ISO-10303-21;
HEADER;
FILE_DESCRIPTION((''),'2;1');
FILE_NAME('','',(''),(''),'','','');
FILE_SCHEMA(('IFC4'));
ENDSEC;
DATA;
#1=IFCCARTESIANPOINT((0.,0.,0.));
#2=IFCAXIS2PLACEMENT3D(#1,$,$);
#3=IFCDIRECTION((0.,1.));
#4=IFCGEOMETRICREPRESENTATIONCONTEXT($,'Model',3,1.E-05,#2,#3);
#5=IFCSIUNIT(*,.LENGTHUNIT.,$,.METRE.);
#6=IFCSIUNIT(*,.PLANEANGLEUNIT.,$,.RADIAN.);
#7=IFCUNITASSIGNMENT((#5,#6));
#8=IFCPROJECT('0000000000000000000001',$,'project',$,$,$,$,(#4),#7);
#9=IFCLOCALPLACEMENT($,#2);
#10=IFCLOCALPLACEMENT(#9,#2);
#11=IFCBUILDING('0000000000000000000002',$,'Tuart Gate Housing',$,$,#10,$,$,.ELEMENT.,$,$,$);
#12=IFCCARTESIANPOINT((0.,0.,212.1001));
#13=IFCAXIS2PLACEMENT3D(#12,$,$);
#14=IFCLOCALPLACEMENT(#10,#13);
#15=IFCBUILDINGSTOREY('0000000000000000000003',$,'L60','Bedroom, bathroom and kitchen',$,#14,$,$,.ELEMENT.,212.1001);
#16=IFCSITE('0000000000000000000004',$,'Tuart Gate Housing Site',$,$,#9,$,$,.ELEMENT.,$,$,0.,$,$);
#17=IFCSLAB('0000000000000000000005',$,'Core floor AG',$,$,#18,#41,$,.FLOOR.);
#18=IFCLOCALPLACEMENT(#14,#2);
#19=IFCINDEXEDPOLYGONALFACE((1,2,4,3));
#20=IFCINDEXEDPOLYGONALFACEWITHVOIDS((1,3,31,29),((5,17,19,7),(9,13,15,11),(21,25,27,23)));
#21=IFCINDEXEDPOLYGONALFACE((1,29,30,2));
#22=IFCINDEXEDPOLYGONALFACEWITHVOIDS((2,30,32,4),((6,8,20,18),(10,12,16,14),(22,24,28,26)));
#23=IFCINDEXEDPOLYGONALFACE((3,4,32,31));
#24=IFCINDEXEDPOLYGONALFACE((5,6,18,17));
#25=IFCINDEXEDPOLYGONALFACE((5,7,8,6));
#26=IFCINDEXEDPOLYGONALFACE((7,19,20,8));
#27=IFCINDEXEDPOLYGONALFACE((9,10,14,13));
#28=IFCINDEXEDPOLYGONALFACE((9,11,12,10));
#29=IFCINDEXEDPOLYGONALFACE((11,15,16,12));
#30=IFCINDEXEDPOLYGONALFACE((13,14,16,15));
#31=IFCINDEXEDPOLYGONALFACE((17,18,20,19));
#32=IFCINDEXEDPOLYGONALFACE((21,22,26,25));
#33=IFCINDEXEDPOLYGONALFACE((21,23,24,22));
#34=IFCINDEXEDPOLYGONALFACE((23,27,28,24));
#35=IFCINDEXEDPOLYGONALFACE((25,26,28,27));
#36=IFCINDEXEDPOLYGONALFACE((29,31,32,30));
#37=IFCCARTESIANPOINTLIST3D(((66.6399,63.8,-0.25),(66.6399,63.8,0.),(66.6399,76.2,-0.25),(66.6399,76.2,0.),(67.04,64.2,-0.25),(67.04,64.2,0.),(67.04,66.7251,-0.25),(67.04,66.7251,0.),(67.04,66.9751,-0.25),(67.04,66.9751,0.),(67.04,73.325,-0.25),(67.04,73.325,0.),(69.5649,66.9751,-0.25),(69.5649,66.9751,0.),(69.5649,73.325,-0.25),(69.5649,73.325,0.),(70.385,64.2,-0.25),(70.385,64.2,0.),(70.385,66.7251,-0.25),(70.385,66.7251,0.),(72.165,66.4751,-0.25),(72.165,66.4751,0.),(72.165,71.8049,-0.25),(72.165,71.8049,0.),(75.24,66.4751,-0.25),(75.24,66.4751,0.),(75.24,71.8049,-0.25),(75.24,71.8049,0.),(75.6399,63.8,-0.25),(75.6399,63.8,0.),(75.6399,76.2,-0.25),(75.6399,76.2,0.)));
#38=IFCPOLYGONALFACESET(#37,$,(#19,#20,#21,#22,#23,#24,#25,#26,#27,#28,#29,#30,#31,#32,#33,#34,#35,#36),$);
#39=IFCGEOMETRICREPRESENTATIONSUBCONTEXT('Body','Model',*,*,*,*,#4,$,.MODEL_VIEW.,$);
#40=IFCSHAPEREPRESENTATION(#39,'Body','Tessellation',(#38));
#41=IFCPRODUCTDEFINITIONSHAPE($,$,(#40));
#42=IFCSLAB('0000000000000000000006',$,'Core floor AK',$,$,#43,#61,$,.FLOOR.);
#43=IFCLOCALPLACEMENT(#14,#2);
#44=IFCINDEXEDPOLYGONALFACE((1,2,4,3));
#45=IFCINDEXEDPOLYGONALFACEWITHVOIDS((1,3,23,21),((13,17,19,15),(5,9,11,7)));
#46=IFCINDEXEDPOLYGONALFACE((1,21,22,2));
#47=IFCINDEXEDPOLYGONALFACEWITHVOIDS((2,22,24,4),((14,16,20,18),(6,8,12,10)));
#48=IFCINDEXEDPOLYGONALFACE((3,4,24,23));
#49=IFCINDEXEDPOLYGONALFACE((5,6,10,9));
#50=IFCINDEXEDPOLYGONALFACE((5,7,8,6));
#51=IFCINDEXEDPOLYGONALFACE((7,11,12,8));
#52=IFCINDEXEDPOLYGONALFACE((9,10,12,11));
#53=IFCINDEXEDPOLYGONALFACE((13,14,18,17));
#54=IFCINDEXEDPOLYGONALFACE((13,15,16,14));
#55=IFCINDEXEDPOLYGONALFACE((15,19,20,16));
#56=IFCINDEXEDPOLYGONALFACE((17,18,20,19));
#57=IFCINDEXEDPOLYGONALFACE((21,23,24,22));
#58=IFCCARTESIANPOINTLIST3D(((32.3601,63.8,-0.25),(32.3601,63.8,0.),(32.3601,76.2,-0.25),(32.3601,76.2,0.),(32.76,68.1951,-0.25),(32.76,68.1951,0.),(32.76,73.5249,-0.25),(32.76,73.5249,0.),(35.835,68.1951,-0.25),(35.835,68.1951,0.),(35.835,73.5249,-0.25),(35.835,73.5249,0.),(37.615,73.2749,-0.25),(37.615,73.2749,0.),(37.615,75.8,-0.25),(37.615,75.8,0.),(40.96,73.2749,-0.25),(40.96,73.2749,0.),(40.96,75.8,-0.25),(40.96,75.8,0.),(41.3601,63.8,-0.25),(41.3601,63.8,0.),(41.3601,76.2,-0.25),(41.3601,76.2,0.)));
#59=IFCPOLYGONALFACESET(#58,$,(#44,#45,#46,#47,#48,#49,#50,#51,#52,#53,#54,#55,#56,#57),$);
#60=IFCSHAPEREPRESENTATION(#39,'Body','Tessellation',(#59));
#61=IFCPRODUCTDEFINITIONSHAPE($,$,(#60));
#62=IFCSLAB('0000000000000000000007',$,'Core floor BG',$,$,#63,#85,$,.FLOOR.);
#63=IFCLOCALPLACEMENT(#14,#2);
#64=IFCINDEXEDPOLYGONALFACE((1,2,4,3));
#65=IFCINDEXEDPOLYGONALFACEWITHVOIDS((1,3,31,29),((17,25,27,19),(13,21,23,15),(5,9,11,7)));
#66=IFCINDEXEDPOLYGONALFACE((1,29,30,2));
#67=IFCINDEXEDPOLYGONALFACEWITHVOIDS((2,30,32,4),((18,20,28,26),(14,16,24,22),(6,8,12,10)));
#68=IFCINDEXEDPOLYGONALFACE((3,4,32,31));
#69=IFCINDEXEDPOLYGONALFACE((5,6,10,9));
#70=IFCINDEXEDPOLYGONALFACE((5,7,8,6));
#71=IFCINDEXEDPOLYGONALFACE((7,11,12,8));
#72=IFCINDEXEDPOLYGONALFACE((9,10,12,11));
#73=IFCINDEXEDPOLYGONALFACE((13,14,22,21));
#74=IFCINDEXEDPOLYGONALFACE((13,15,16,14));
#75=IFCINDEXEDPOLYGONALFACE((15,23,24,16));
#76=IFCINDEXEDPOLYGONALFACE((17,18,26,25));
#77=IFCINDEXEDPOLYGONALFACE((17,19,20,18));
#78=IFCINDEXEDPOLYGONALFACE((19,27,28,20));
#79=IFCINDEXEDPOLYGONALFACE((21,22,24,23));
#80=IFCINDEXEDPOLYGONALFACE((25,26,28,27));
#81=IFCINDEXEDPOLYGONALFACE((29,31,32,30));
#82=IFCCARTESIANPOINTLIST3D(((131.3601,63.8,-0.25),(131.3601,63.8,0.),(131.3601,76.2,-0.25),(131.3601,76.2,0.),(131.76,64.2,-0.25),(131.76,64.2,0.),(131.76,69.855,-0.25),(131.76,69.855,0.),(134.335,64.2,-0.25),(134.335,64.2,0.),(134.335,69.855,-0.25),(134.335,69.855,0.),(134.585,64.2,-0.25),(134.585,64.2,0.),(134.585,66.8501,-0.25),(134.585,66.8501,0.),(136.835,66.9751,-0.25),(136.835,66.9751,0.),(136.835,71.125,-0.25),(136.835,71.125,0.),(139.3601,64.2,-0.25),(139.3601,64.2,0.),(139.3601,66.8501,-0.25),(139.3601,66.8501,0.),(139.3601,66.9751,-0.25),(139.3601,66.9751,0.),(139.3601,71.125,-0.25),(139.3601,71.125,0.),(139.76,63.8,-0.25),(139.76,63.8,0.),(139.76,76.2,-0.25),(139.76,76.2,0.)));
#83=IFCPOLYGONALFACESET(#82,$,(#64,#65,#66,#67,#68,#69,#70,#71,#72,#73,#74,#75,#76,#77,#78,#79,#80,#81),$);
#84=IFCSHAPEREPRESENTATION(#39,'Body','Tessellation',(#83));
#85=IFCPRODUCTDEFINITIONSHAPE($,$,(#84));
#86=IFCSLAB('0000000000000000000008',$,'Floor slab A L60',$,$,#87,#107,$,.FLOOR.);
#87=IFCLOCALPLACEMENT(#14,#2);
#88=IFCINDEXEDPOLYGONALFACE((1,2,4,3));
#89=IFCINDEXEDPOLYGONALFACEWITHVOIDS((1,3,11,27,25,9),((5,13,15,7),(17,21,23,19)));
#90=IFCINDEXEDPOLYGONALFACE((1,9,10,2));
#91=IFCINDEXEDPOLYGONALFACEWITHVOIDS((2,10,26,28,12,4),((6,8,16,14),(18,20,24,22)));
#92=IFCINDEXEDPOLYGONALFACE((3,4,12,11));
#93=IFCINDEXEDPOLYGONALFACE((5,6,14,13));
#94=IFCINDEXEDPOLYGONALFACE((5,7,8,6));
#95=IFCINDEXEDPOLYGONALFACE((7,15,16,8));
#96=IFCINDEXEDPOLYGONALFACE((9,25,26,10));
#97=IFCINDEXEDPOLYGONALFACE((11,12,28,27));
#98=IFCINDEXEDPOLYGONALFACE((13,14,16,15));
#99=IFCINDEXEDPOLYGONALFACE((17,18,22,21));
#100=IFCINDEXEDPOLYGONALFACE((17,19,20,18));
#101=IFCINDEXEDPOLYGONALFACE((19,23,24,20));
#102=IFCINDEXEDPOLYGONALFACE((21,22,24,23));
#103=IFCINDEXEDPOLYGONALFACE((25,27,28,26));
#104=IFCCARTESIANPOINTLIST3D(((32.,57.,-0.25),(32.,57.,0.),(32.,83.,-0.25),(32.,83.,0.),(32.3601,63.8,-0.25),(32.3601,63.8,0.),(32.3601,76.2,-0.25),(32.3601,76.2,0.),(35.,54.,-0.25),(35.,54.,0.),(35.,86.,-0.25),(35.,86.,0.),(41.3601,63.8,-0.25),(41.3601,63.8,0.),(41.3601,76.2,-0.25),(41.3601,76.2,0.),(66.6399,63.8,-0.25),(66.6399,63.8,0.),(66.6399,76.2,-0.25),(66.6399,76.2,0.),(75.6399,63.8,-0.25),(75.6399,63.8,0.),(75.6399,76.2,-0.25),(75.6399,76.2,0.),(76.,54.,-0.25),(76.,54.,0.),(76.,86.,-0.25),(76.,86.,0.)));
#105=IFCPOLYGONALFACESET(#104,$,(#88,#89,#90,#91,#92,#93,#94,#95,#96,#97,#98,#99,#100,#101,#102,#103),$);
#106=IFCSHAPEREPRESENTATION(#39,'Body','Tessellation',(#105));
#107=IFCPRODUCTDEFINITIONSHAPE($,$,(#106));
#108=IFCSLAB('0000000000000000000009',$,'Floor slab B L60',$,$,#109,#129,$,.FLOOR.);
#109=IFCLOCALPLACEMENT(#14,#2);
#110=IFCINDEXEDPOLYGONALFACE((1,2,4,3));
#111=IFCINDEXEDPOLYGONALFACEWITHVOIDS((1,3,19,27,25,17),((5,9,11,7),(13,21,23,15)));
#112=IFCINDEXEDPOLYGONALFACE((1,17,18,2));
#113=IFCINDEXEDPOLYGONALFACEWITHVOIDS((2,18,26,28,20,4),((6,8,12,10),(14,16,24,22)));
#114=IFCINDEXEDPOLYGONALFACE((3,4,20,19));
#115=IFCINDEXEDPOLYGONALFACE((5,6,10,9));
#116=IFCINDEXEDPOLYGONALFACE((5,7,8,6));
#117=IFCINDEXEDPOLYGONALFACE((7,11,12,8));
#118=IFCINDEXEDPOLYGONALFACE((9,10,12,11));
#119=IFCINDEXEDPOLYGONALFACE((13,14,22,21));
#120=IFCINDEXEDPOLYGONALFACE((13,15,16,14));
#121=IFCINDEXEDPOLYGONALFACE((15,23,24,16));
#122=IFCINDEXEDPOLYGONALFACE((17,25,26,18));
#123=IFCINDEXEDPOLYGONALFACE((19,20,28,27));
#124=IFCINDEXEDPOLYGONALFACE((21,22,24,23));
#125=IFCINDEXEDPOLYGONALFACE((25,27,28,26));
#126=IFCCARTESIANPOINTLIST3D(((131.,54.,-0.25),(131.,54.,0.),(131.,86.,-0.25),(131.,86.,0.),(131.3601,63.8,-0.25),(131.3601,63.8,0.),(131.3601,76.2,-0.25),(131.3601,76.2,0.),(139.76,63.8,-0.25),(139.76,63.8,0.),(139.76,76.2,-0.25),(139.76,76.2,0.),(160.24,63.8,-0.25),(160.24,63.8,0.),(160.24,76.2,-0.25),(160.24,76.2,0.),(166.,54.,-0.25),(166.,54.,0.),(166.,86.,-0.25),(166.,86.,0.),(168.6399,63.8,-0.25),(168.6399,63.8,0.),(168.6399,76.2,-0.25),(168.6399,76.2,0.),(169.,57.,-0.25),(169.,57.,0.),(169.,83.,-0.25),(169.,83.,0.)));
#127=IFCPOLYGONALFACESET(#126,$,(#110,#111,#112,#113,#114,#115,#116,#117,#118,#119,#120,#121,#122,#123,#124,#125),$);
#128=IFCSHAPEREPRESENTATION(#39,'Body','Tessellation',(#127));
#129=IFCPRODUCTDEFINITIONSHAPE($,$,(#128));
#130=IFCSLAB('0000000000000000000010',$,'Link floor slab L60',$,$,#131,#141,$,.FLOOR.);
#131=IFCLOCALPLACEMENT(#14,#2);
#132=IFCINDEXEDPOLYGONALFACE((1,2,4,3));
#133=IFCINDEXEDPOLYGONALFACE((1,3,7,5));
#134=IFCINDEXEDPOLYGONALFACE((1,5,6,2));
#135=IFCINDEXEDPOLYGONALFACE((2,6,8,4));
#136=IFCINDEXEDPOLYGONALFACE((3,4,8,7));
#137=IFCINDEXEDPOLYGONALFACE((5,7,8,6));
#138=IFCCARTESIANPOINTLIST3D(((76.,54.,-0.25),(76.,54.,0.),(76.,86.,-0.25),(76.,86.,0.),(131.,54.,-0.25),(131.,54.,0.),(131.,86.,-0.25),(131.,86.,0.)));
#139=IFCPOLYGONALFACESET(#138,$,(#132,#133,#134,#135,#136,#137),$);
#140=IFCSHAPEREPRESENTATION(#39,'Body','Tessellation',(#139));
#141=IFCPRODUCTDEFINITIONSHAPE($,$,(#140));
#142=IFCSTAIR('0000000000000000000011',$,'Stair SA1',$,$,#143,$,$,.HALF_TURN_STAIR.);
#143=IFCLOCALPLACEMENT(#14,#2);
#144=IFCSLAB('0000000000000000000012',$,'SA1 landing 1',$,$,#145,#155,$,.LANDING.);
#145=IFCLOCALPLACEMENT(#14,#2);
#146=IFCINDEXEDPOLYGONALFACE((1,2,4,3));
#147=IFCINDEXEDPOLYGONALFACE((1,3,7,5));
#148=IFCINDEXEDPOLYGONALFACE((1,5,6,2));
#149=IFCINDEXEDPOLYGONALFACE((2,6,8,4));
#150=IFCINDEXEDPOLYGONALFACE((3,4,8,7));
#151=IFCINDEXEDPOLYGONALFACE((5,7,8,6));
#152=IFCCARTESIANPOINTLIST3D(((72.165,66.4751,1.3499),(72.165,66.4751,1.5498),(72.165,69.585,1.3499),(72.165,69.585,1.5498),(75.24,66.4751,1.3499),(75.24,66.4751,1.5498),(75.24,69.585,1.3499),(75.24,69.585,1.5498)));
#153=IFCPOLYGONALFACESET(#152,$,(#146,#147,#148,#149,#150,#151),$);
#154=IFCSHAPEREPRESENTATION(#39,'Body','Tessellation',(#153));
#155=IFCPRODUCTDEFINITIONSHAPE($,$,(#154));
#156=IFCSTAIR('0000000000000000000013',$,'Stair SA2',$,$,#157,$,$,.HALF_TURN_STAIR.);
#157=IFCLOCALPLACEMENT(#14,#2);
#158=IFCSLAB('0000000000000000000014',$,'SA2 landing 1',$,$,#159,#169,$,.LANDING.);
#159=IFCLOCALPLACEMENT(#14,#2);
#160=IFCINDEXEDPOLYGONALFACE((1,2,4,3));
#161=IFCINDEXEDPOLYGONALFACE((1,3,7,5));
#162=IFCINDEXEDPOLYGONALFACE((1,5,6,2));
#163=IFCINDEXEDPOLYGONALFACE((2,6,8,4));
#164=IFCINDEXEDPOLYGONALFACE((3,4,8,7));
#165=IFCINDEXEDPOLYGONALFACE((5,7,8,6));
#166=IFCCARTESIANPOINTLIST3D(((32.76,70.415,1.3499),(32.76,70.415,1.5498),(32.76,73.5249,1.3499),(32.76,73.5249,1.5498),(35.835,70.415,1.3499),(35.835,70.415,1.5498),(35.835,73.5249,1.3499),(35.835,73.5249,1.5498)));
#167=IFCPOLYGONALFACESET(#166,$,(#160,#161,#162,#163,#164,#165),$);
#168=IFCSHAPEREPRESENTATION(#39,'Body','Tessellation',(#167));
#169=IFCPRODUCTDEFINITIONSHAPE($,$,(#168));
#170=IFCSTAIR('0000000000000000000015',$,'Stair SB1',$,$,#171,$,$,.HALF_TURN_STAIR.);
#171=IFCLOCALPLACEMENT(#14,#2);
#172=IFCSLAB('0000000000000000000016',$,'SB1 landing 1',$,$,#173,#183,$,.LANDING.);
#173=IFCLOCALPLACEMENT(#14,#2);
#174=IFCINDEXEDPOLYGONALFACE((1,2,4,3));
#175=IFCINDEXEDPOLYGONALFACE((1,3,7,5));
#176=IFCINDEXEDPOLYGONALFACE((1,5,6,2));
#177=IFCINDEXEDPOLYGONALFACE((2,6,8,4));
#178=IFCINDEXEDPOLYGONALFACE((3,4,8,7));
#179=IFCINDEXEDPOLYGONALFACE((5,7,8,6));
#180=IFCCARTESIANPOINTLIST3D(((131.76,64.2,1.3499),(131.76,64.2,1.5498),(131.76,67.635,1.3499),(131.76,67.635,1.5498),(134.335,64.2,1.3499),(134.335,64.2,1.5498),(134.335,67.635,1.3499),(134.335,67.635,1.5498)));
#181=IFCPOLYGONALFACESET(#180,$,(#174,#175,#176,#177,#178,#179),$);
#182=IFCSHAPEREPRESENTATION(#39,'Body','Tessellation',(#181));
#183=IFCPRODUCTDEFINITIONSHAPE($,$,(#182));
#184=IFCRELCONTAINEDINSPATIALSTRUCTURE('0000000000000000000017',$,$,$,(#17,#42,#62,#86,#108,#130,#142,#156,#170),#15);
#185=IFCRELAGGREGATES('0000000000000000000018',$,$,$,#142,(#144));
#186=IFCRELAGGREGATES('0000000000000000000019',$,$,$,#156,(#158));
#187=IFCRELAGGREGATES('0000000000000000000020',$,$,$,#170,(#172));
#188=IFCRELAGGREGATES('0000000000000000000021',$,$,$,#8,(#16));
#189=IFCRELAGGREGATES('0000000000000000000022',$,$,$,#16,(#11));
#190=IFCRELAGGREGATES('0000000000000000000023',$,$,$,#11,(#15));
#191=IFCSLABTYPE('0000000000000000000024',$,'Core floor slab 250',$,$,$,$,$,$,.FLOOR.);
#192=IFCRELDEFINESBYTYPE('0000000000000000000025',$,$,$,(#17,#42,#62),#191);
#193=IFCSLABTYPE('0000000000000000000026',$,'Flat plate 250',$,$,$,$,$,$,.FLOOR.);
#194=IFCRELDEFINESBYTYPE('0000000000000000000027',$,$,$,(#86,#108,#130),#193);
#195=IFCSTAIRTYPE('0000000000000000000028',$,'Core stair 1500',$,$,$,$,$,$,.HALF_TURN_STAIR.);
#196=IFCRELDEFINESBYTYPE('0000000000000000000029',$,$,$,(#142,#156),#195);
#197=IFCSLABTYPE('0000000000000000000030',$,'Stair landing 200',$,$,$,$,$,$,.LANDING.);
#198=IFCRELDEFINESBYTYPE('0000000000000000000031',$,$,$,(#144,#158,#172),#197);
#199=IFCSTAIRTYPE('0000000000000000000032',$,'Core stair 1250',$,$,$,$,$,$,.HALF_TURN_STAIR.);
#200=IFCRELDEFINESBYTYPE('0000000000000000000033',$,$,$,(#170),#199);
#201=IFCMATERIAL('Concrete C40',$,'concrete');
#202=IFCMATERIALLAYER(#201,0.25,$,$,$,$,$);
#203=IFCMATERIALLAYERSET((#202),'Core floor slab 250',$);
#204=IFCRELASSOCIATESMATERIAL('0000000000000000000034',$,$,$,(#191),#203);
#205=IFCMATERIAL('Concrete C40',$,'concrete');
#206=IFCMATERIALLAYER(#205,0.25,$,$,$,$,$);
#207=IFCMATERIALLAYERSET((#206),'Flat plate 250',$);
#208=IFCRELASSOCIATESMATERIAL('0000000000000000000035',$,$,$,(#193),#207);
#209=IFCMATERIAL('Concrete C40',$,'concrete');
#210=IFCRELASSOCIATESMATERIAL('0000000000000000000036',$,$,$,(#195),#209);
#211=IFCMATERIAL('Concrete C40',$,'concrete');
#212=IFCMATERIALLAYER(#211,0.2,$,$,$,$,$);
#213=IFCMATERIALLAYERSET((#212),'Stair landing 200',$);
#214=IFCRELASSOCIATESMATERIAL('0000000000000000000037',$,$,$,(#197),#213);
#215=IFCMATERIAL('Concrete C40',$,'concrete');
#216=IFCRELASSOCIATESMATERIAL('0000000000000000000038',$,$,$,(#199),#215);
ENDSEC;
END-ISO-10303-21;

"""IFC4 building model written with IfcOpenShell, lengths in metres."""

from ifc_helpers import new_model, si_unit, direction, frame, origin, place, context, subcontext, project, spatial, polyline, outline, extrude, material, layer, layer_set, type_object, element, aggregate, save


model = new_model("IFC4")

# Units and contexts
model_context = context("Model", 3, precision=1e-05, world=origin(), true_north=direction((0.0, 1.0)))
body_context = subcontext(model_context, "Body", "Model", "MODEL_VIEW")
ifc_project = project(units=[si_unit("LENGTHUNIT", "METRE"), si_unit("PLANEANGLEUNIT", "RADIAN")], contexts=[model_context])

# Site, building, storey
site_placement = place(None, origin())
site = spatial("IfcSite", under=ifc_project, at=site_placement, Name="Tuart Gate Housing Site", CompositionType="ELEMENT", RefElevation=0.0)
building_placement = place(site_placement, origin())
building = spatial("IfcBuilding", under=site, at=building_placement, Name="Tuart Gate Housing", CompositionType="ELEMENT")
storey_placement = place(building_placement, frame((0.0, 0.0, 212.1001)))
storey = spatial("IfcBuildingStorey", under=building, at=storey_placement, Name="L60", Description="Bedroom, bathroom and kitchen", CompositionType="ELEMENT", Elevation=212.1001)

# Slabs
ifc_material_1 = material(Name="Concrete C40", Category="concrete")
ifc_layer_1 = layer(ifc_material_1, 0.25)
ifc_layer_set_1 = layer_set([ifc_layer_1], Name="Core floor slab 250")
slab_type_1 = type_object("IfcSlabType", Name="Core floor slab 250", PredefinedType="FLOOR", material=ifc_layer_set_1)
slab_1_placement = place(storey_placement, frame((0.0, 0.0, -0.25)))
element("IfcSlab", 1, at=slab_1_placement, inside=storey, type_object=slab_type_1, Name="Core floor AG", PredefinedType="FLOOR", context=body_context, shape_type="SweptSolid", body=[
    extrude(outline(polyline([(66.6399, 63.8), (75.6399, 63.8), (75.6399, 76.2), (66.6399, 76.2), (66.6399, 63.8)]), holes=[polyline([(67.04, 64.2), (70.385, 64.2), (70.385, 66.7251), (67.04, 66.7251), (67.04, 64.2)]), polyline([(67.04, 66.9751), (69.5649, 66.9751), (69.5649, 73.325), (67.04, 73.325), (67.04, 66.9751)]), polyline([(72.165, 66.4751), (75.24, 66.4751), (75.24, 71.8049), (72.165, 71.8049), (72.165, 66.4751)])]), origin(), (0.0, 0.0, 1.0), 0.25),
])
slab_2_placement = place(storey_placement, frame((0.0, 0.0, -0.25)))
element("IfcSlab", 2, at=slab_2_placement, inside=storey, type_object=slab_type_1, Name="Core floor AK", PredefinedType="FLOOR", context=body_context, shape_type="SweptSolid", body=[
    extrude(outline(polyline([(32.3601, 63.8), (41.3601, 63.8), (41.3601, 76.2), (32.3601, 76.2), (32.3601, 63.8)]), holes=[polyline([(40.96, 75.8), (37.615, 75.8), (37.615, 73.2749), (40.96, 73.2749), (40.96, 75.8)]), polyline([(35.835, 73.5249), (32.76, 73.5249), (32.76, 68.1951), (35.835, 68.1951), (35.835, 73.5249)])]), origin(), (0.0, 0.0, 1.0), 0.25),
])
slab_3_placement = place(storey_placement, frame((0.0, 0.0, -0.25)))
element("IfcSlab", 3, at=slab_3_placement, inside=storey, type_object=slab_type_1, Name="Core floor BG", PredefinedType="FLOOR", context=body_context, shape_type="SweptSolid", body=[
    extrude(outline(polyline([(131.3601, 63.8), (139.76, 63.8), (139.76, 76.2), (131.3601, 76.2), (131.3601, 63.8)]), holes=[polyline([(139.3601, 66.8501), (134.585, 66.8501), (134.585, 64.2), (139.3601, 64.2), (139.3601, 66.8501)]), polyline([(139.3601, 71.125), (136.835, 71.125), (136.835, 66.9751), (139.3601, 66.9751), (139.3601, 71.125)]), polyline([(134.335, 69.855), (131.76, 69.855), (131.76, 64.2), (134.335, 64.2), (134.335, 69.855)])]), origin(), (0.0, 0.0, 1.0), 0.25),
])
ifc_material_2 = material(Name="Concrete C40", Category="concrete")
ifc_layer_2 = layer(ifc_material_2, 0.25)
ifc_layer_set_2 = layer_set([ifc_layer_2], Name="Flat plate 250")
slab_type_2 = type_object("IfcSlabType", Name="Flat plate 250", PredefinedType="FLOOR", material=ifc_layer_set_2)
slab_4_placement = place(storey_placement, frame((0.0, 0.0, -0.25)))
element("IfcSlab", 4, at=slab_4_placement, inside=storey, type_object=slab_type_2, Name="Floor slab A L60", PredefinedType="FLOOR", context=body_context, shape_type="SweptSolid", body=[
    extrude(outline(polyline([(35.0, 86.0), (32.0, 83.0), (32.0, 57.0), (35.0, 54.0), (76.0, 54.0), (76.0, 86.0), (35.0, 86.0)]), holes=[polyline([(66.6399, 76.2), (75.6399, 76.2), (75.6399, 63.8), (66.6399, 63.8), (66.6399, 76.2)]), polyline([(41.3601, 76.2), (41.3601, 63.8), (32.3601, 63.8), (32.3601, 76.2), (41.3601, 76.2)])]), origin(), (0.0, 0.0, 1.0), 0.25),
])
slab_5_placement = place(storey_placement, frame((0.0, 0.0, -0.25)))
element("IfcSlab", 5, at=slab_5_placement, inside=storey, type_object=slab_type_2, Name="Floor slab B L60", PredefinedType="FLOOR", context=body_context, shape_type="SweptSolid", body=[
    extrude(outline(polyline([(166.0, 86.0), (131.0, 86.0), (131.0, 54.0), (166.0, 54.0), (169.0, 57.0), (169.0, 83.0), (166.0, 86.0)]), holes=[polyline([(131.3601, 76.2), (139.76, 76.2), (139.76, 63.8), (131.3601, 63.8), (131.3601, 76.2)]), polyline([(168.6399, 76.2), (168.6399, 63.8), (160.24, 63.8), (160.24, 76.2), (168.6399, 76.2)])]), origin(), (0.0, 0.0, 1.0), 0.25),
])
slab_6_placement = place(storey_placement, frame((0.0, 0.0, -0.25)))
element("IfcSlab", 6, at=slab_6_placement, inside=storey, type_object=slab_type_2, Name="Link floor slab L60", PredefinedType="FLOOR", context=body_context, shape_type="SweptSolid", body=[
    extrude(outline(polyline([(76.0, 54.0), (131.0, 54.0), (131.0, 86.0), (76.0, 86.0), (76.0, 54.0)])), origin(), (0.0, 0.0, 1.0), 0.25),
])

# Stairs, slabs
ifc_material_3 = material(Name="Concrete C40", Category="concrete")
stair_type_1 = type_object("IfcStairType", Name="Core stair 1500", PredefinedType="HALF_TURN_STAIR", material=ifc_material_3)
stair_1_placement = place(storey_placement, origin())
stair_1 = element("IfcStair", 7, at=stair_1_placement, inside=storey, type_object=stair_type_1, Name="Stair SA1", PredefinedType="HALF_TURN_STAIR")
ifc_material_4 = material(Name="Concrete C40", Category="concrete")
ifc_layer_3 = layer(ifc_material_4, 0.2)
ifc_layer_set_3 = layer_set([ifc_layer_3], Name="Stair landing 200")
slab_type_3 = type_object("IfcSlabType", Name="Stair landing 200", PredefinedType="LANDING", material=ifc_layer_set_3)
slab_7_placement = place(storey_placement, frame((0.0, 0.0, 1.3499)))
slab_7 = element("IfcSlab", 8, at=slab_7_placement, type_object=slab_type_3, Name="SA1 landing 1", PredefinedType="LANDING", context=body_context, shape_type="SweptSolid", body=[
    extrude(outline(polyline([(72.165, 66.4751), (75.24, 66.4751), (75.24, 69.585), (72.165, 69.585), (72.165, 66.4751)])), origin(), (0.0, 0.0, 1.0), 0.2),
])
aggregate(stair_1, [slab_7])
stair_2_placement = place(storey_placement, origin())
stair_2 = element("IfcStair", 9, at=stair_2_placement, inside=storey, type_object=stair_type_1, Name="Stair SA2", PredefinedType="HALF_TURN_STAIR")
slab_8_placement = place(storey_placement, frame((0.0, 0.0, 1.3499)))
slab_8 = element("IfcSlab", 10, at=slab_8_placement, type_object=slab_type_3, Name="SA2 landing 1", PredefinedType="LANDING", context=body_context, shape_type="SweptSolid", body=[
    extrude(outline(polyline([(35.835, 73.5249), (32.76, 73.5249), (32.76, 70.415), (35.835, 70.415), (35.835, 73.5249)])), origin(), (0.0, 0.0, 1.0), 0.2),
])
aggregate(stair_2, [slab_8])
ifc_material_5 = material(Name="Concrete C40", Category="concrete")
stair_type_2 = type_object("IfcStairType", Name="Core stair 1250", PredefinedType="HALF_TURN_STAIR", material=ifc_material_5)
stair_3_placement = place(storey_placement, origin())
stair_3 = element("IfcStair", 11, at=stair_3_placement, inside=storey, type_object=stair_type_2, Name="Stair SB1", PredefinedType="HALF_TURN_STAIR")
slab_9_placement = place(storey_placement, frame((0.0, 0.0, 1.3499)))
slab_9 = element("IfcSlab", 12, at=slab_9_placement, type_object=slab_type_3, Name="SB1 landing 1", PredefinedType="LANDING", context=body_context, shape_type="SweptSolid", body=[
    extrude(outline(polyline([(134.335, 67.635), (131.76, 67.635), (131.76, 64.2), (134.335, 64.2), (134.335, 67.635)])), origin(), (0.0, 0.0, 1.0), 0.2),
])
aggregate(stair_3, [slab_9])

save(model, "model.ifc")
